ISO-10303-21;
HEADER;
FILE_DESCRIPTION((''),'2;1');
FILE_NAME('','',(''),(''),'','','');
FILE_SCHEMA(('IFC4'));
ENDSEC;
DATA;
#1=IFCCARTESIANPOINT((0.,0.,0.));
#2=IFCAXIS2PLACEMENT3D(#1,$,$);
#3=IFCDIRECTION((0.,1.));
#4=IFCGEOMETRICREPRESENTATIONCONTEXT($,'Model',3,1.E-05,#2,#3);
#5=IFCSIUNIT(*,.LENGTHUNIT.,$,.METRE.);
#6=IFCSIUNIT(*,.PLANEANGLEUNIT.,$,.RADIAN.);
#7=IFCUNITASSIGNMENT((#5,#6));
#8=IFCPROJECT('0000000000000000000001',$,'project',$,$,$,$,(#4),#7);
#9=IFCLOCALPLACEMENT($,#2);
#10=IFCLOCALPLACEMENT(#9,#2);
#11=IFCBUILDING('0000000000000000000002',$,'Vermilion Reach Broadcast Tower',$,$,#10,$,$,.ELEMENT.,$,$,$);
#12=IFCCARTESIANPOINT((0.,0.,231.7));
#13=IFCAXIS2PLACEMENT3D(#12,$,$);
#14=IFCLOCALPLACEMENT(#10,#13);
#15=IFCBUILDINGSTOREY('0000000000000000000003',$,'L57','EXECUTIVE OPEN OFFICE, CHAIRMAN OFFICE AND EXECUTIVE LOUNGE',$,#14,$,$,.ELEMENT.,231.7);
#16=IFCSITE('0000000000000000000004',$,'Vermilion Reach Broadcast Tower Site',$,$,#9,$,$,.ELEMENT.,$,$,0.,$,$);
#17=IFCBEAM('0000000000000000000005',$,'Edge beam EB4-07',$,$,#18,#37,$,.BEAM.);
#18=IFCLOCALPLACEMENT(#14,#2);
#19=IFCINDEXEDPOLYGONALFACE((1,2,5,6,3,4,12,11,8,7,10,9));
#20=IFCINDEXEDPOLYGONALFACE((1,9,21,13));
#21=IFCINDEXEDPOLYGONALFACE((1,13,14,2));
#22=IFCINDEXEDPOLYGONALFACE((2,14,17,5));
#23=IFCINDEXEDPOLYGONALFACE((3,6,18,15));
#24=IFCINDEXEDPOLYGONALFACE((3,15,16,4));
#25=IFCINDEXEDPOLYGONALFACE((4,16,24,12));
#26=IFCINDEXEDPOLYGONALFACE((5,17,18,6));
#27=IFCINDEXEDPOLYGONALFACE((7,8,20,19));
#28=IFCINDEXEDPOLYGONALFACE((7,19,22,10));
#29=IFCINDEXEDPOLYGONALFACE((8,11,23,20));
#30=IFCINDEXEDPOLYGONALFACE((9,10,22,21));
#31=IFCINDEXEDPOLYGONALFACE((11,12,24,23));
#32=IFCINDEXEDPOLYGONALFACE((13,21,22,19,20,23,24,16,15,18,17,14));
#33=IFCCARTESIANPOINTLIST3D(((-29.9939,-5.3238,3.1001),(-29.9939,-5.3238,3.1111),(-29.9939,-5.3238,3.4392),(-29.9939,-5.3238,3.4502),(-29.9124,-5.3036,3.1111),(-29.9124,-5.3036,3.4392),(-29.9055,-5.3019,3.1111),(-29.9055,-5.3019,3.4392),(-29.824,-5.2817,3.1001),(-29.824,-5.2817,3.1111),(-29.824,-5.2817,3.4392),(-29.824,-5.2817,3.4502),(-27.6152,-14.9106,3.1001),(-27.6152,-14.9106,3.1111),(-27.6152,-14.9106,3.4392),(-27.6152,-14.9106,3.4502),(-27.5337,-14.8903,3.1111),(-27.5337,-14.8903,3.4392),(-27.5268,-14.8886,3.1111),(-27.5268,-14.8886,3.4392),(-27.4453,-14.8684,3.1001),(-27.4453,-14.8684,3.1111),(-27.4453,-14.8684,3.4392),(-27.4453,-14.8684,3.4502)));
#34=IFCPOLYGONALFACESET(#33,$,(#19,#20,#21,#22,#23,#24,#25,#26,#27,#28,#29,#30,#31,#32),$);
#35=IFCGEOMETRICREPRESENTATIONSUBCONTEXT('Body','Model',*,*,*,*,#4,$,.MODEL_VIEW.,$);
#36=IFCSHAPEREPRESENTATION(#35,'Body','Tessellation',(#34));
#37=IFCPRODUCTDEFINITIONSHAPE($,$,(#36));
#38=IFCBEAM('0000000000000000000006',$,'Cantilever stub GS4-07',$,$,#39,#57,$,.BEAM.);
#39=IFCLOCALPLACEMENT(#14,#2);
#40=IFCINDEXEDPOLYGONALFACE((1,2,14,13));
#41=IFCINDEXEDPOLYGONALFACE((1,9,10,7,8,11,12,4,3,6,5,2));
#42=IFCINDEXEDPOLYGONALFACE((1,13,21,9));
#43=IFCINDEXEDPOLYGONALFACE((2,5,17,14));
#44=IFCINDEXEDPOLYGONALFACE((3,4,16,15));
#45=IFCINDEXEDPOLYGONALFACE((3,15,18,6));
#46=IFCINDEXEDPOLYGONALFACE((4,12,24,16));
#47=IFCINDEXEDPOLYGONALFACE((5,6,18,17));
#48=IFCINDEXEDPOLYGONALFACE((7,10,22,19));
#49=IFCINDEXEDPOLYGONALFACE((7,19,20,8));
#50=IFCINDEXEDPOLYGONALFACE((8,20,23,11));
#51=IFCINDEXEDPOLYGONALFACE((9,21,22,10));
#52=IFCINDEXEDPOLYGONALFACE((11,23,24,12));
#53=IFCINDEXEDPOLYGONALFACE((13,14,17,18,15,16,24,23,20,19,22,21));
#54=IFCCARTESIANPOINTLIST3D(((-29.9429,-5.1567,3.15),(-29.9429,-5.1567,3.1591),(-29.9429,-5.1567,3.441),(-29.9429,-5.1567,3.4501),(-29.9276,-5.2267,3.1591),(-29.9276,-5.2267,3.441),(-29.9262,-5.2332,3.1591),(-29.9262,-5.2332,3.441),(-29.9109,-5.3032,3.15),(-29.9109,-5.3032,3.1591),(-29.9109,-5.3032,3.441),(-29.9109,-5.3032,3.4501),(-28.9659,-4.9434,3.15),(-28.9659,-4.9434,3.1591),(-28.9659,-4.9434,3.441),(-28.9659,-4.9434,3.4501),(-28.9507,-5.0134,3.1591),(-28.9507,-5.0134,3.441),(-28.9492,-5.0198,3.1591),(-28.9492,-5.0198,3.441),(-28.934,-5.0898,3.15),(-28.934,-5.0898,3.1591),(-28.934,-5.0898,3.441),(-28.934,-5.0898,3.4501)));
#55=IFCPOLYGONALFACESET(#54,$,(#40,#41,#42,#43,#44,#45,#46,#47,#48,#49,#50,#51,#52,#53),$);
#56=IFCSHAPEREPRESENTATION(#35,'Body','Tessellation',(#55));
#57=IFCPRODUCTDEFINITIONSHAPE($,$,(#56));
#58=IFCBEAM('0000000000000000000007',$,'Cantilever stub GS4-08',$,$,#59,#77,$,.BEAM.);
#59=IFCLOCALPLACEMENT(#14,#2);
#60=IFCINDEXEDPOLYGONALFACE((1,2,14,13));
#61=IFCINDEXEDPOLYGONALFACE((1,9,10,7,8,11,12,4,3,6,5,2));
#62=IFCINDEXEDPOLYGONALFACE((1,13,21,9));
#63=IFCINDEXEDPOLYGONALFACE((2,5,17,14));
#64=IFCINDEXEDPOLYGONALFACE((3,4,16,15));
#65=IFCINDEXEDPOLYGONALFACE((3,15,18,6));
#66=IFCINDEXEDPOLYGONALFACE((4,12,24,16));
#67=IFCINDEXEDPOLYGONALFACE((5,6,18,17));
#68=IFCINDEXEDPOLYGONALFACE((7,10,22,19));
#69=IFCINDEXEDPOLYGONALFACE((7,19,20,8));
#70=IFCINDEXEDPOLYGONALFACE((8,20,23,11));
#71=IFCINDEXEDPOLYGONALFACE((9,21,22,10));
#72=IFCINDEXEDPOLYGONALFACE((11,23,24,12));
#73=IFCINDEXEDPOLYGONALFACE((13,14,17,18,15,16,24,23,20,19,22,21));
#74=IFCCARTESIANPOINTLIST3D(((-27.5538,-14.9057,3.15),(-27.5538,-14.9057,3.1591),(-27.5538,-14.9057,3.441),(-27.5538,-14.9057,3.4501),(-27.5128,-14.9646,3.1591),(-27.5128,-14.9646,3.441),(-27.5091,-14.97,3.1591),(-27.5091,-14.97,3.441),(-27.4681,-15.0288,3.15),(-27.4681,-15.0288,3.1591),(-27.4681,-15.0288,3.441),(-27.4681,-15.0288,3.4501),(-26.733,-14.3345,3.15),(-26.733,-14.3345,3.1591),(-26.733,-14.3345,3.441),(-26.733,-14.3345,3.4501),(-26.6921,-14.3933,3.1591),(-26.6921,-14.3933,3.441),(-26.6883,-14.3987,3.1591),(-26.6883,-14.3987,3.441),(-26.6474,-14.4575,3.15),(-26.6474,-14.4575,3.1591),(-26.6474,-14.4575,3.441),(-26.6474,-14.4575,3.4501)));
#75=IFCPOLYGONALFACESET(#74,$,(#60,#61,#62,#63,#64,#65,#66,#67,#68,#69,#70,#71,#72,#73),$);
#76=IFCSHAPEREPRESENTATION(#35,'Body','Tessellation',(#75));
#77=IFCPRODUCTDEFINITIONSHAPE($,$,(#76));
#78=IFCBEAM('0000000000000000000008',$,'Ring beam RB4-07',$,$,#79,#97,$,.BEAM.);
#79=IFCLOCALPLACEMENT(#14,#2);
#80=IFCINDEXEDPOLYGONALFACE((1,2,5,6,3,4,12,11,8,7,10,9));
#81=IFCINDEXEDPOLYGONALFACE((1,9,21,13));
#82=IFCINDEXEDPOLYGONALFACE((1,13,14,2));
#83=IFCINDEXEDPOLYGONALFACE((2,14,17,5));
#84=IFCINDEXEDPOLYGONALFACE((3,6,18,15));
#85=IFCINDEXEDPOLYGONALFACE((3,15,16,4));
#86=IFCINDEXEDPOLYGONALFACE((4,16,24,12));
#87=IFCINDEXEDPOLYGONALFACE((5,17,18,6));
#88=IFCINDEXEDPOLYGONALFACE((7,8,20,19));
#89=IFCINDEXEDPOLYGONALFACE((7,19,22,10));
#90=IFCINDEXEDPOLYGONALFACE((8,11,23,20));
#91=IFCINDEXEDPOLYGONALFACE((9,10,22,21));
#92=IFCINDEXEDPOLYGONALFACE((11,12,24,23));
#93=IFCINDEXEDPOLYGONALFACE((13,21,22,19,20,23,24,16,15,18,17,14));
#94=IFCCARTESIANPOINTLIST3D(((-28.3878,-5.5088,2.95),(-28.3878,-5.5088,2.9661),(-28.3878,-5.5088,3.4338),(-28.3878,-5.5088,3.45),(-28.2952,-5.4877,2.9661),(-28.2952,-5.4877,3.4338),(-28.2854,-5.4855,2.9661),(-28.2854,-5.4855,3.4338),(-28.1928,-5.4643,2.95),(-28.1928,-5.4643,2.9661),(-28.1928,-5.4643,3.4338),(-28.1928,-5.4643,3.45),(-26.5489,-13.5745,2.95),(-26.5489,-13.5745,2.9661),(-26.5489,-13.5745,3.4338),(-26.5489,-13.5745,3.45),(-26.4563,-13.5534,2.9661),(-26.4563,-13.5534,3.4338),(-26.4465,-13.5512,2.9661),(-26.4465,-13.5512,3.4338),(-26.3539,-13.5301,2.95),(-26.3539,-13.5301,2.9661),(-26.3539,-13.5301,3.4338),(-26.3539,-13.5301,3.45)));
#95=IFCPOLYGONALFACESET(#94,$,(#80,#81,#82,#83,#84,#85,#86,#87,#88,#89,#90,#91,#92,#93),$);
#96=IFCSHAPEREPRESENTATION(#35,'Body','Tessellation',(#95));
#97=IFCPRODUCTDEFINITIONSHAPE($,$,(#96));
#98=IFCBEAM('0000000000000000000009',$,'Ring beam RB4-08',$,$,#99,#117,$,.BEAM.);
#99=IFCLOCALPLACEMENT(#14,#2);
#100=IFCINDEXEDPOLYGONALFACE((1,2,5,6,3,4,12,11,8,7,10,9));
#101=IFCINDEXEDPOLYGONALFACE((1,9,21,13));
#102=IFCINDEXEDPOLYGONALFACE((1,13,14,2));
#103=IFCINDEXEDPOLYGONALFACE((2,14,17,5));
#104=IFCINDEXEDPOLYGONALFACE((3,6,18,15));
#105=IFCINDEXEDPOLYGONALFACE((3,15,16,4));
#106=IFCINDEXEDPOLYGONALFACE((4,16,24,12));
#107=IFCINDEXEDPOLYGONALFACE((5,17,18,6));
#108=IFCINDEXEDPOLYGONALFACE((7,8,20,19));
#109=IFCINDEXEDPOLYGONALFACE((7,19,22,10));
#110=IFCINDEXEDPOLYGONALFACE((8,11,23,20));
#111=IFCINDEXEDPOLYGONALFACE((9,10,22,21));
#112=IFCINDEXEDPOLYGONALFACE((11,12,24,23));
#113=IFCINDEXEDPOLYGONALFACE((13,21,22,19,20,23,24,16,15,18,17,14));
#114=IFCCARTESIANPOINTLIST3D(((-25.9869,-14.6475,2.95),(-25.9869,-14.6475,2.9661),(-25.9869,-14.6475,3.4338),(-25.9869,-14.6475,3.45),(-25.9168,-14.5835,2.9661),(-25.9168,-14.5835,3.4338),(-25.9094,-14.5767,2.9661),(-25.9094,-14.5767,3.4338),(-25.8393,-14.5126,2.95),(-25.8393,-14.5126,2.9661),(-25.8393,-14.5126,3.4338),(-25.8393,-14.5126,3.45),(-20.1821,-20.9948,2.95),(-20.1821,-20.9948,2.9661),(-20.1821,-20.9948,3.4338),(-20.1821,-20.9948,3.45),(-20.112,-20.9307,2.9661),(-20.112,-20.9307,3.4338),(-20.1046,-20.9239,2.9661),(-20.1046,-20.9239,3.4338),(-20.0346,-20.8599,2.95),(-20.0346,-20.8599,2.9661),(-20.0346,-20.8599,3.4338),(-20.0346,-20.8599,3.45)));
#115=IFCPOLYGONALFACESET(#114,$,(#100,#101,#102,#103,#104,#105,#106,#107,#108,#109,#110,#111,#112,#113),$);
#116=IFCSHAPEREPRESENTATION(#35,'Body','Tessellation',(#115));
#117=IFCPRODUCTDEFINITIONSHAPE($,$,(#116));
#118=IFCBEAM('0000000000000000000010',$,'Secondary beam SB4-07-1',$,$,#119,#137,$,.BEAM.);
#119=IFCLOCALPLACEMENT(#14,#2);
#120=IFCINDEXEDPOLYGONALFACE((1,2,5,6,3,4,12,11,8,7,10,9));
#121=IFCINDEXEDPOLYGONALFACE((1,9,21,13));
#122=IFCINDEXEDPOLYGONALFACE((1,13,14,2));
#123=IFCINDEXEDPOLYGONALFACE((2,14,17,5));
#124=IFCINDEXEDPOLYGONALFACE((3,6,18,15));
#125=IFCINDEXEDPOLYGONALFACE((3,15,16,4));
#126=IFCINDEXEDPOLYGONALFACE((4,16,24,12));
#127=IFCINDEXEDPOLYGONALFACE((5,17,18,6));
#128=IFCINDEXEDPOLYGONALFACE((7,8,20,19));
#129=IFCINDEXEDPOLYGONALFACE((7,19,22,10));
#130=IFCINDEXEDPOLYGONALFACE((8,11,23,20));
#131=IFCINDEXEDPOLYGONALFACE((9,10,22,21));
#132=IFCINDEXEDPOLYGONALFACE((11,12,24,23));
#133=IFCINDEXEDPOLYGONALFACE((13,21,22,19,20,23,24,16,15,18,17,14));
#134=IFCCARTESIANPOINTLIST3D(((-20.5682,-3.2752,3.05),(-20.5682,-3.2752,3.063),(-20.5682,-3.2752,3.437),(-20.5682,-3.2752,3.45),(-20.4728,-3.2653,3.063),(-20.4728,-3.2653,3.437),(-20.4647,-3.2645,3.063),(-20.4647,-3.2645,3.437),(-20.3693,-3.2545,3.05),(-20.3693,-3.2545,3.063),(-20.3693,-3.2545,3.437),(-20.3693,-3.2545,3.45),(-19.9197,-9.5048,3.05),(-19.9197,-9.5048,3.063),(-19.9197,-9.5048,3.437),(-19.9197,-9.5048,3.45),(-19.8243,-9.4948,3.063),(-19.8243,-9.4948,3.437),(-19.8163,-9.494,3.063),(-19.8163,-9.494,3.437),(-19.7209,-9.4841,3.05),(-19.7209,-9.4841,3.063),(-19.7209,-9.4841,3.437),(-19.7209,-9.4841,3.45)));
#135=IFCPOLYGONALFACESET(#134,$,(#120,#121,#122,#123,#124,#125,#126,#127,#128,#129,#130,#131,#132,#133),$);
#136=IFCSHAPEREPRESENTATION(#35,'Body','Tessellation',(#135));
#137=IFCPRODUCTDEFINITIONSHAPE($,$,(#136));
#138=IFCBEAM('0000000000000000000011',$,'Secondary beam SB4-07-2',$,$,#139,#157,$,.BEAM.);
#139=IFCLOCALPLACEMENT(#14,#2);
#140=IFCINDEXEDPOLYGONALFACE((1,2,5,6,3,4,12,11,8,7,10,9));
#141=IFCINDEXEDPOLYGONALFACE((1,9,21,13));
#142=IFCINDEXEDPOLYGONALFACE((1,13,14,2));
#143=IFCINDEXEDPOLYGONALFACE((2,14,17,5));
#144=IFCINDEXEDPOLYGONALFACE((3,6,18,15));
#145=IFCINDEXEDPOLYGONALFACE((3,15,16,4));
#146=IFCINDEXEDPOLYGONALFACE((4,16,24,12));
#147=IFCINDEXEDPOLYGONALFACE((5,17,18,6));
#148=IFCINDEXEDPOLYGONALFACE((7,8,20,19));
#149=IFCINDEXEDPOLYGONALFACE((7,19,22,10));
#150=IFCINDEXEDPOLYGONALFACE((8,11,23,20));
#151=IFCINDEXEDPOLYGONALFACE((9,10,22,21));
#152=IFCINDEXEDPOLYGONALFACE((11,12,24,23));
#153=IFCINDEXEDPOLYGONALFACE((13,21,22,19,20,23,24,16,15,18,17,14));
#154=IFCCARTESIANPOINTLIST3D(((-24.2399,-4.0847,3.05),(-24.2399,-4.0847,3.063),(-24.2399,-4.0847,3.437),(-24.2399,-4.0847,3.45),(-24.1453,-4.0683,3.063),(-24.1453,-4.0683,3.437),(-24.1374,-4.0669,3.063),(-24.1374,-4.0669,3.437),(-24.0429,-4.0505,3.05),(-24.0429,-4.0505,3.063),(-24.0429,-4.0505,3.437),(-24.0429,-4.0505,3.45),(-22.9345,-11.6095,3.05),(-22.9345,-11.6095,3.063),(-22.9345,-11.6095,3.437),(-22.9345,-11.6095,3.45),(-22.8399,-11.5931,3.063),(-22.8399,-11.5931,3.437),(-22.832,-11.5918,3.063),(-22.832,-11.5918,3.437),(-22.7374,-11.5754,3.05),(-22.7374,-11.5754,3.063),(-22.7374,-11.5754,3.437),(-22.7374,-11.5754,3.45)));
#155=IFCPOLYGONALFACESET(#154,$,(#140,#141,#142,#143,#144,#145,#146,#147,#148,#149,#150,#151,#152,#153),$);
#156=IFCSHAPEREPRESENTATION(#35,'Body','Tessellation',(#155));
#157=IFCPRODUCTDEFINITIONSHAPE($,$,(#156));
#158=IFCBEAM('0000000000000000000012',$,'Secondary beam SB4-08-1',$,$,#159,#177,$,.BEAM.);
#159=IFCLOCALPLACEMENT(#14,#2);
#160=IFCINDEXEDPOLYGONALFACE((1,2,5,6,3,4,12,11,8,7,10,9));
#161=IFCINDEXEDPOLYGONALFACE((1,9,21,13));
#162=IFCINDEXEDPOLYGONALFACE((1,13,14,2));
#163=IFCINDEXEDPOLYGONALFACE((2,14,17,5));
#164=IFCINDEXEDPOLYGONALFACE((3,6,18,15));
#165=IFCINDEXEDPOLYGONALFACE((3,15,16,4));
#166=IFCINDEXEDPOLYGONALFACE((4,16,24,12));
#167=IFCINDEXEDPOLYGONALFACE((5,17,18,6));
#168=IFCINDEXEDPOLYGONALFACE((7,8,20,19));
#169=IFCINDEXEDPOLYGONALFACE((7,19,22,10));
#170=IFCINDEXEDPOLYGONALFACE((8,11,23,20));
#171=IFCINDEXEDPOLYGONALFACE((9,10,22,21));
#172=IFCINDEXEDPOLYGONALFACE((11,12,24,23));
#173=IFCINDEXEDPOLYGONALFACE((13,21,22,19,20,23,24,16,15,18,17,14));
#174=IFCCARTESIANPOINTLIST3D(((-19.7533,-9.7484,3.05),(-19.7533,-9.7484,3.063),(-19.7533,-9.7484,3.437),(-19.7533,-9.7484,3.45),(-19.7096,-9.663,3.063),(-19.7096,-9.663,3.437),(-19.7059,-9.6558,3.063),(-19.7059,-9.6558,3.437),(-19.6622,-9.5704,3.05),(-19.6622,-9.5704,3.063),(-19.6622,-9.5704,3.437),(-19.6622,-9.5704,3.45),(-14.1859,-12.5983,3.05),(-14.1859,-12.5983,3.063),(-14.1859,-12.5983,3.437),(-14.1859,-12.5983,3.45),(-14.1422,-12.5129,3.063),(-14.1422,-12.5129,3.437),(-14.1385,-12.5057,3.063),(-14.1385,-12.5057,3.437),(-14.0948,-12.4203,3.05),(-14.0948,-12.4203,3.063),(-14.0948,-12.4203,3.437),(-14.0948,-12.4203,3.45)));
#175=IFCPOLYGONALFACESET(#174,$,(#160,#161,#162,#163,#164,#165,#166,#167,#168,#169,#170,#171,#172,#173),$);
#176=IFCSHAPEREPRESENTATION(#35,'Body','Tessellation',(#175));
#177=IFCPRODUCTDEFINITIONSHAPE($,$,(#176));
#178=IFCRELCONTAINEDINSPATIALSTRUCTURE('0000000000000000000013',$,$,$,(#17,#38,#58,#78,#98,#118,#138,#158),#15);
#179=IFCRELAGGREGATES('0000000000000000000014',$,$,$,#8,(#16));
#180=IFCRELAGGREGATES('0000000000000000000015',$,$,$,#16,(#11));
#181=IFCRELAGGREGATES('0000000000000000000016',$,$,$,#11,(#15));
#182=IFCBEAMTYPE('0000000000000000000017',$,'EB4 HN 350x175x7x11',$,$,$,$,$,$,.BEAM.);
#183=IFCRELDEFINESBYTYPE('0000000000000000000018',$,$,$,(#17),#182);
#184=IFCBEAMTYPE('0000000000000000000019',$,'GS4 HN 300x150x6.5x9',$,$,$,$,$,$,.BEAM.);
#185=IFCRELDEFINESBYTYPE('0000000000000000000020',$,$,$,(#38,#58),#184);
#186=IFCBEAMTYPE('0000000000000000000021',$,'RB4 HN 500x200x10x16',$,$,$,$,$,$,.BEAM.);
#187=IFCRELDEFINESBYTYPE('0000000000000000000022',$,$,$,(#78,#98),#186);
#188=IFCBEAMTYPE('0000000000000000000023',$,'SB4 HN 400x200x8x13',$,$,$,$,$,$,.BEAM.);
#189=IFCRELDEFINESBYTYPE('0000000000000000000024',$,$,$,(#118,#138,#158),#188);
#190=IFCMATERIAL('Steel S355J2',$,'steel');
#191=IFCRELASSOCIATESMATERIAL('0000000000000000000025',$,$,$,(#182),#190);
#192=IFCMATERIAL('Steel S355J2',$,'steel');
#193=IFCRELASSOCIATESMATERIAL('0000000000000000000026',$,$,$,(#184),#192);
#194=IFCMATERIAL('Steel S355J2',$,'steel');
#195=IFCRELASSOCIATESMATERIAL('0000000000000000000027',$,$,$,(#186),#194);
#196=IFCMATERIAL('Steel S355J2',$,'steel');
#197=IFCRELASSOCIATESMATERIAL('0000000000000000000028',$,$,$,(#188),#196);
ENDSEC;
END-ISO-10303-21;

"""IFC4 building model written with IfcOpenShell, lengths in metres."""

from ifc_helpers import new_model, si_unit, direction, frame, origin, origin_2d, place, context, subcontext, project, spatial, i_section, extrude, material, material_profile, profile_set, type_object, element, save


model = new_model("IFC4")

# Units and contexts
model_context = context("Model", 3, precision=1e-05, world=origin(), true_north=direction((0.0, 1.0)))
body_context = subcontext(model_context, "Body", "Model", "MODEL_VIEW")
ifc_project = project(units=[si_unit("LENGTHUNIT", "METRE"), si_unit("PLANEANGLEUNIT", "RADIAN")], contexts=[model_context])

# Site, building, storey
site_placement = place(None, origin())
site = spatial("IfcSite", under=ifc_project, at=site_placement, Name="Vermilion Reach Broadcast Tower Site", CompositionType="ELEMENT", RefElevation=0.0)
building_placement = place(site_placement, origin())
building = spatial("IfcBuilding", under=site, at=building_placement, Name="Vermilion Reach Broadcast Tower", CompositionType="ELEMENT")
storey_placement = place(building_placement, frame((0.0, 0.0, 231.7)))
storey = spatial("IfcBuildingStorey", under=building, at=storey_placement, Name="L57", Description="EXECUTIVE OPEN OFFICE, CHAIRMAN OFFICE AND EXECUTIVE LOUNGE", CompositionType="ELEMENT", Elevation=231.7)

# Beams
ifc_material_1 = material(Name="Steel S355J2", Category="steel")
ifc_material_profile_1 = material_profile(ifc_material_1, i_section(OverallWidth=0.175, OverallDepth=0.3501, WebThickness=0.0071, FlangeThickness=0.011, at=origin_2d()), Name="S355J2 HN 350x175x7x11")
ifc_profile_set_1 = profile_set([ifc_material_profile_1], Name="Steel S355J2")
beam_type_1 = type_object("IfcBeamType", Name="EB4 HN 350x175x7x11", PredefinedType="BEAM", material=ifc_profile_set_1)
beam_1_placement = place(storey_placement, frame((-29.9089, -5.3027, 3.2751), z_axis=(0.24082, -0.97057, 0.0), x_axis=(0.97057, 0.24082, 0.0)))
element("IfcBeam", 1, at=beam_1_placement, inside=storey, type_object=beam_type_1, Name="Edge beam EB4-07", PredefinedType="BEAM", context=body_context, shape_type="SweptSolid", body=[
    extrude(i_section(OverallWidth=0.175, OverallDepth=0.3501, WebThickness=0.0071, FlangeThickness=0.011, at=origin_2d()), origin(), (0.0, 0.0, 1.0), 9.8774),
])
ifc_material_2 = material(Name="Steel S355J2", Category="steel")
ifc_material_profile_2 = material_profile(ifc_material_2, i_section(OverallWidth=0.1499, OverallDepth=0.3, WebThickness=0.0066, FlangeThickness=0.009, at=origin_2d()), Name="S355J2 HN 300x150x6.5x9")
ifc_profile_set_2 = profile_set([ifc_material_profile_2], Name="Steel S355J2")
beam_type_2 = type_object("IfcBeamType", Name="GS4 HN 300x150x6.5x9", PredefinedType="BEAM", material=ifc_profile_set_2)
for number, where, z_axis, x_axis, name in (
    (2, (-28.95, -5.0166, 3.3), (-0.976973, -0.213362, 0.0), (0.213362, -0.976973, 0.0), "Cantilever stub GS4-07"),
    (3, (-26.6902, -14.396, 3.3), (-0.820766, -0.571265, 0.0), (0.571265, -0.820766, 0.0), "Cantilever stub GS4-08"),
):
    element("IfcBeam", number, at=place(storey_placement, frame(where, z_axis=z_axis, x_axis=x_axis)), inside=storey, type_object=beam_type_2, Name=name, PredefinedType="BEAM", context=body_context, shape_type="SweptSolid", body=[
        extrude(i_section(OverallWidth=0.1499, OverallDepth=0.3, WebThickness=0.0066, FlangeThickness=0.009, at=origin_2d()), origin(), (0.0, 0.0, 1.0), 1.0),
    ])
ifc_material_3 = material(Name="Steel S355J2", Category="steel")
ifc_material_profile_3 = material_profile(ifc_material_3, i_section(OverallWidth=0.2, OverallDepth=0.5, WebThickness=0.01, FlangeThickness=0.0161, at=origin_2d()), Name="S355J2 HN 500x200x10x16")
ifc_profile_set_3 = profile_set([ifc_material_profile_3], Name="Steel S355J2")
beam_type_3 = type_object("IfcBeamType", Name="RB4 HN 500x200x10x16", PredefinedType="BEAM", material=ifc_profile_set_3)
beam_2_placement = place(storey_placement, frame((-28.2903, -5.4866, 3.2), z_axis=(0.222283, -0.974982, 0.0), x_axis=(0.974982, 0.222283, 0.0)))
element("IfcBeam", 4, at=beam_2_placement, inside=storey, type_object=beam_type_3, Name="Ring beam RB4-07", PredefinedType="BEAM", context=body_context, shape_type="SweptSolid", body=[
    extrude(i_section(OverallWidth=0.2, OverallDepth=0.5, WebThickness=0.01, FlangeThickness=0.0161, at=origin_2d()), origin(), (0.0, 0.0, 1.0), 8.2727),
])
beam_3_placement = place(storey_placement, frame((-25.9131, -14.5801, 3.2), z_axis=(0.674868, -0.737938, 0.0), x_axis=(0.737938, 0.674868, 0.0)))
element("IfcBeam", 5, at=beam_3_placement, inside=storey, type_object=beam_type_3, Name="Ring beam RB4-08", PredefinedType="BEAM", context=body_context, shape_type="SweptSolid", body=[
    extrude(i_section(OverallWidth=0.2, OverallDepth=0.5, WebThickness=0.01, FlangeThickness=0.0161, at=origin_2d()), origin(), (0.0, 0.0, 1.0), 8.6013),
])
ifc_material_4 = material(Name="Steel S355J2", Category="steel")
ifc_material_profile_4 = material_profile(ifc_material_4, i_section(OverallWidth=0.2, OverallDepth=0.3999, WebThickness=0.0081, FlangeThickness=0.0129, at=origin_2d()), Name="S355J2 HN 400x200x8x13")
ifc_profile_set_4 = profile_set([ifc_material_profile_4], Name="Steel S355J2")
beam_type_4 = type_object("IfcBeamType", Name="SB4 HN 400x200x8x13", PredefinedType="BEAM", material=ifc_profile_set_4)
beam_4_placement = place(storey_placement, frame((-20.4688, -3.2649, 3.25), z_axis=(0.103532, -0.994626, 0.0), x_axis=(0.994626, 0.103532, 0.0)))
element("IfcBeam", 6, at=beam_4_placement, inside=storey, type_object=beam_type_4, Name="Secondary beam SB4-07-1", PredefinedType="BEAM", context=body_context, shape_type="SweptSolid", body=[
    extrude(i_section(OverallWidth=0.2, OverallDepth=0.3999, WebThickness=0.0081, FlangeThickness=0.0129, at=origin_2d()), origin(), (0.0, 0.0, 1.0), 6.2632),
])
beam_5_placement = place(storey_placement, frame((-24.1414, -4.0676, 3.25), z_axis=(0.170927, -0.985284, 0.0), x_axis=(0.985284, 0.170927, 0.0)))
element("IfcBeam", 7, at=beam_5_placement, inside=storey, type_object=beam_type_4, Name="Secondary beam SB4-07-2", PredefinedType="BEAM", context=body_context, shape_type="SweptSolid", body=[
    extrude(i_section(OverallWidth=0.2, OverallDepth=0.3999, WebThickness=0.0081, FlangeThickness=0.0129, at=origin_2d()), origin(), (0.0, 0.0, 1.0), 7.6372),
])
beam_6_placement = place(storey_placement, frame((-19.7078, -9.6594, 3.25), z_axis=(0.890156, -0.455656, 0.0), x_axis=(0.455656, 0.890156, 0.0)))
element("IfcBeam", 8, at=beam_6_placement, inside=storey, type_object=beam_type_4, Name="Secondary beam SB4-08-1", PredefinedType="BEAM", context=body_context, shape_type="SweptSolid", body=[
    extrude(i_section(OverallWidth=0.2, OverallDepth=0.3999, WebThickness=0.0081, FlangeThickness=0.0129, at=origin_2d()), origin(), (0.0, 0.0, 1.0), 6.2544),
])

save(model, "model.ifc")
